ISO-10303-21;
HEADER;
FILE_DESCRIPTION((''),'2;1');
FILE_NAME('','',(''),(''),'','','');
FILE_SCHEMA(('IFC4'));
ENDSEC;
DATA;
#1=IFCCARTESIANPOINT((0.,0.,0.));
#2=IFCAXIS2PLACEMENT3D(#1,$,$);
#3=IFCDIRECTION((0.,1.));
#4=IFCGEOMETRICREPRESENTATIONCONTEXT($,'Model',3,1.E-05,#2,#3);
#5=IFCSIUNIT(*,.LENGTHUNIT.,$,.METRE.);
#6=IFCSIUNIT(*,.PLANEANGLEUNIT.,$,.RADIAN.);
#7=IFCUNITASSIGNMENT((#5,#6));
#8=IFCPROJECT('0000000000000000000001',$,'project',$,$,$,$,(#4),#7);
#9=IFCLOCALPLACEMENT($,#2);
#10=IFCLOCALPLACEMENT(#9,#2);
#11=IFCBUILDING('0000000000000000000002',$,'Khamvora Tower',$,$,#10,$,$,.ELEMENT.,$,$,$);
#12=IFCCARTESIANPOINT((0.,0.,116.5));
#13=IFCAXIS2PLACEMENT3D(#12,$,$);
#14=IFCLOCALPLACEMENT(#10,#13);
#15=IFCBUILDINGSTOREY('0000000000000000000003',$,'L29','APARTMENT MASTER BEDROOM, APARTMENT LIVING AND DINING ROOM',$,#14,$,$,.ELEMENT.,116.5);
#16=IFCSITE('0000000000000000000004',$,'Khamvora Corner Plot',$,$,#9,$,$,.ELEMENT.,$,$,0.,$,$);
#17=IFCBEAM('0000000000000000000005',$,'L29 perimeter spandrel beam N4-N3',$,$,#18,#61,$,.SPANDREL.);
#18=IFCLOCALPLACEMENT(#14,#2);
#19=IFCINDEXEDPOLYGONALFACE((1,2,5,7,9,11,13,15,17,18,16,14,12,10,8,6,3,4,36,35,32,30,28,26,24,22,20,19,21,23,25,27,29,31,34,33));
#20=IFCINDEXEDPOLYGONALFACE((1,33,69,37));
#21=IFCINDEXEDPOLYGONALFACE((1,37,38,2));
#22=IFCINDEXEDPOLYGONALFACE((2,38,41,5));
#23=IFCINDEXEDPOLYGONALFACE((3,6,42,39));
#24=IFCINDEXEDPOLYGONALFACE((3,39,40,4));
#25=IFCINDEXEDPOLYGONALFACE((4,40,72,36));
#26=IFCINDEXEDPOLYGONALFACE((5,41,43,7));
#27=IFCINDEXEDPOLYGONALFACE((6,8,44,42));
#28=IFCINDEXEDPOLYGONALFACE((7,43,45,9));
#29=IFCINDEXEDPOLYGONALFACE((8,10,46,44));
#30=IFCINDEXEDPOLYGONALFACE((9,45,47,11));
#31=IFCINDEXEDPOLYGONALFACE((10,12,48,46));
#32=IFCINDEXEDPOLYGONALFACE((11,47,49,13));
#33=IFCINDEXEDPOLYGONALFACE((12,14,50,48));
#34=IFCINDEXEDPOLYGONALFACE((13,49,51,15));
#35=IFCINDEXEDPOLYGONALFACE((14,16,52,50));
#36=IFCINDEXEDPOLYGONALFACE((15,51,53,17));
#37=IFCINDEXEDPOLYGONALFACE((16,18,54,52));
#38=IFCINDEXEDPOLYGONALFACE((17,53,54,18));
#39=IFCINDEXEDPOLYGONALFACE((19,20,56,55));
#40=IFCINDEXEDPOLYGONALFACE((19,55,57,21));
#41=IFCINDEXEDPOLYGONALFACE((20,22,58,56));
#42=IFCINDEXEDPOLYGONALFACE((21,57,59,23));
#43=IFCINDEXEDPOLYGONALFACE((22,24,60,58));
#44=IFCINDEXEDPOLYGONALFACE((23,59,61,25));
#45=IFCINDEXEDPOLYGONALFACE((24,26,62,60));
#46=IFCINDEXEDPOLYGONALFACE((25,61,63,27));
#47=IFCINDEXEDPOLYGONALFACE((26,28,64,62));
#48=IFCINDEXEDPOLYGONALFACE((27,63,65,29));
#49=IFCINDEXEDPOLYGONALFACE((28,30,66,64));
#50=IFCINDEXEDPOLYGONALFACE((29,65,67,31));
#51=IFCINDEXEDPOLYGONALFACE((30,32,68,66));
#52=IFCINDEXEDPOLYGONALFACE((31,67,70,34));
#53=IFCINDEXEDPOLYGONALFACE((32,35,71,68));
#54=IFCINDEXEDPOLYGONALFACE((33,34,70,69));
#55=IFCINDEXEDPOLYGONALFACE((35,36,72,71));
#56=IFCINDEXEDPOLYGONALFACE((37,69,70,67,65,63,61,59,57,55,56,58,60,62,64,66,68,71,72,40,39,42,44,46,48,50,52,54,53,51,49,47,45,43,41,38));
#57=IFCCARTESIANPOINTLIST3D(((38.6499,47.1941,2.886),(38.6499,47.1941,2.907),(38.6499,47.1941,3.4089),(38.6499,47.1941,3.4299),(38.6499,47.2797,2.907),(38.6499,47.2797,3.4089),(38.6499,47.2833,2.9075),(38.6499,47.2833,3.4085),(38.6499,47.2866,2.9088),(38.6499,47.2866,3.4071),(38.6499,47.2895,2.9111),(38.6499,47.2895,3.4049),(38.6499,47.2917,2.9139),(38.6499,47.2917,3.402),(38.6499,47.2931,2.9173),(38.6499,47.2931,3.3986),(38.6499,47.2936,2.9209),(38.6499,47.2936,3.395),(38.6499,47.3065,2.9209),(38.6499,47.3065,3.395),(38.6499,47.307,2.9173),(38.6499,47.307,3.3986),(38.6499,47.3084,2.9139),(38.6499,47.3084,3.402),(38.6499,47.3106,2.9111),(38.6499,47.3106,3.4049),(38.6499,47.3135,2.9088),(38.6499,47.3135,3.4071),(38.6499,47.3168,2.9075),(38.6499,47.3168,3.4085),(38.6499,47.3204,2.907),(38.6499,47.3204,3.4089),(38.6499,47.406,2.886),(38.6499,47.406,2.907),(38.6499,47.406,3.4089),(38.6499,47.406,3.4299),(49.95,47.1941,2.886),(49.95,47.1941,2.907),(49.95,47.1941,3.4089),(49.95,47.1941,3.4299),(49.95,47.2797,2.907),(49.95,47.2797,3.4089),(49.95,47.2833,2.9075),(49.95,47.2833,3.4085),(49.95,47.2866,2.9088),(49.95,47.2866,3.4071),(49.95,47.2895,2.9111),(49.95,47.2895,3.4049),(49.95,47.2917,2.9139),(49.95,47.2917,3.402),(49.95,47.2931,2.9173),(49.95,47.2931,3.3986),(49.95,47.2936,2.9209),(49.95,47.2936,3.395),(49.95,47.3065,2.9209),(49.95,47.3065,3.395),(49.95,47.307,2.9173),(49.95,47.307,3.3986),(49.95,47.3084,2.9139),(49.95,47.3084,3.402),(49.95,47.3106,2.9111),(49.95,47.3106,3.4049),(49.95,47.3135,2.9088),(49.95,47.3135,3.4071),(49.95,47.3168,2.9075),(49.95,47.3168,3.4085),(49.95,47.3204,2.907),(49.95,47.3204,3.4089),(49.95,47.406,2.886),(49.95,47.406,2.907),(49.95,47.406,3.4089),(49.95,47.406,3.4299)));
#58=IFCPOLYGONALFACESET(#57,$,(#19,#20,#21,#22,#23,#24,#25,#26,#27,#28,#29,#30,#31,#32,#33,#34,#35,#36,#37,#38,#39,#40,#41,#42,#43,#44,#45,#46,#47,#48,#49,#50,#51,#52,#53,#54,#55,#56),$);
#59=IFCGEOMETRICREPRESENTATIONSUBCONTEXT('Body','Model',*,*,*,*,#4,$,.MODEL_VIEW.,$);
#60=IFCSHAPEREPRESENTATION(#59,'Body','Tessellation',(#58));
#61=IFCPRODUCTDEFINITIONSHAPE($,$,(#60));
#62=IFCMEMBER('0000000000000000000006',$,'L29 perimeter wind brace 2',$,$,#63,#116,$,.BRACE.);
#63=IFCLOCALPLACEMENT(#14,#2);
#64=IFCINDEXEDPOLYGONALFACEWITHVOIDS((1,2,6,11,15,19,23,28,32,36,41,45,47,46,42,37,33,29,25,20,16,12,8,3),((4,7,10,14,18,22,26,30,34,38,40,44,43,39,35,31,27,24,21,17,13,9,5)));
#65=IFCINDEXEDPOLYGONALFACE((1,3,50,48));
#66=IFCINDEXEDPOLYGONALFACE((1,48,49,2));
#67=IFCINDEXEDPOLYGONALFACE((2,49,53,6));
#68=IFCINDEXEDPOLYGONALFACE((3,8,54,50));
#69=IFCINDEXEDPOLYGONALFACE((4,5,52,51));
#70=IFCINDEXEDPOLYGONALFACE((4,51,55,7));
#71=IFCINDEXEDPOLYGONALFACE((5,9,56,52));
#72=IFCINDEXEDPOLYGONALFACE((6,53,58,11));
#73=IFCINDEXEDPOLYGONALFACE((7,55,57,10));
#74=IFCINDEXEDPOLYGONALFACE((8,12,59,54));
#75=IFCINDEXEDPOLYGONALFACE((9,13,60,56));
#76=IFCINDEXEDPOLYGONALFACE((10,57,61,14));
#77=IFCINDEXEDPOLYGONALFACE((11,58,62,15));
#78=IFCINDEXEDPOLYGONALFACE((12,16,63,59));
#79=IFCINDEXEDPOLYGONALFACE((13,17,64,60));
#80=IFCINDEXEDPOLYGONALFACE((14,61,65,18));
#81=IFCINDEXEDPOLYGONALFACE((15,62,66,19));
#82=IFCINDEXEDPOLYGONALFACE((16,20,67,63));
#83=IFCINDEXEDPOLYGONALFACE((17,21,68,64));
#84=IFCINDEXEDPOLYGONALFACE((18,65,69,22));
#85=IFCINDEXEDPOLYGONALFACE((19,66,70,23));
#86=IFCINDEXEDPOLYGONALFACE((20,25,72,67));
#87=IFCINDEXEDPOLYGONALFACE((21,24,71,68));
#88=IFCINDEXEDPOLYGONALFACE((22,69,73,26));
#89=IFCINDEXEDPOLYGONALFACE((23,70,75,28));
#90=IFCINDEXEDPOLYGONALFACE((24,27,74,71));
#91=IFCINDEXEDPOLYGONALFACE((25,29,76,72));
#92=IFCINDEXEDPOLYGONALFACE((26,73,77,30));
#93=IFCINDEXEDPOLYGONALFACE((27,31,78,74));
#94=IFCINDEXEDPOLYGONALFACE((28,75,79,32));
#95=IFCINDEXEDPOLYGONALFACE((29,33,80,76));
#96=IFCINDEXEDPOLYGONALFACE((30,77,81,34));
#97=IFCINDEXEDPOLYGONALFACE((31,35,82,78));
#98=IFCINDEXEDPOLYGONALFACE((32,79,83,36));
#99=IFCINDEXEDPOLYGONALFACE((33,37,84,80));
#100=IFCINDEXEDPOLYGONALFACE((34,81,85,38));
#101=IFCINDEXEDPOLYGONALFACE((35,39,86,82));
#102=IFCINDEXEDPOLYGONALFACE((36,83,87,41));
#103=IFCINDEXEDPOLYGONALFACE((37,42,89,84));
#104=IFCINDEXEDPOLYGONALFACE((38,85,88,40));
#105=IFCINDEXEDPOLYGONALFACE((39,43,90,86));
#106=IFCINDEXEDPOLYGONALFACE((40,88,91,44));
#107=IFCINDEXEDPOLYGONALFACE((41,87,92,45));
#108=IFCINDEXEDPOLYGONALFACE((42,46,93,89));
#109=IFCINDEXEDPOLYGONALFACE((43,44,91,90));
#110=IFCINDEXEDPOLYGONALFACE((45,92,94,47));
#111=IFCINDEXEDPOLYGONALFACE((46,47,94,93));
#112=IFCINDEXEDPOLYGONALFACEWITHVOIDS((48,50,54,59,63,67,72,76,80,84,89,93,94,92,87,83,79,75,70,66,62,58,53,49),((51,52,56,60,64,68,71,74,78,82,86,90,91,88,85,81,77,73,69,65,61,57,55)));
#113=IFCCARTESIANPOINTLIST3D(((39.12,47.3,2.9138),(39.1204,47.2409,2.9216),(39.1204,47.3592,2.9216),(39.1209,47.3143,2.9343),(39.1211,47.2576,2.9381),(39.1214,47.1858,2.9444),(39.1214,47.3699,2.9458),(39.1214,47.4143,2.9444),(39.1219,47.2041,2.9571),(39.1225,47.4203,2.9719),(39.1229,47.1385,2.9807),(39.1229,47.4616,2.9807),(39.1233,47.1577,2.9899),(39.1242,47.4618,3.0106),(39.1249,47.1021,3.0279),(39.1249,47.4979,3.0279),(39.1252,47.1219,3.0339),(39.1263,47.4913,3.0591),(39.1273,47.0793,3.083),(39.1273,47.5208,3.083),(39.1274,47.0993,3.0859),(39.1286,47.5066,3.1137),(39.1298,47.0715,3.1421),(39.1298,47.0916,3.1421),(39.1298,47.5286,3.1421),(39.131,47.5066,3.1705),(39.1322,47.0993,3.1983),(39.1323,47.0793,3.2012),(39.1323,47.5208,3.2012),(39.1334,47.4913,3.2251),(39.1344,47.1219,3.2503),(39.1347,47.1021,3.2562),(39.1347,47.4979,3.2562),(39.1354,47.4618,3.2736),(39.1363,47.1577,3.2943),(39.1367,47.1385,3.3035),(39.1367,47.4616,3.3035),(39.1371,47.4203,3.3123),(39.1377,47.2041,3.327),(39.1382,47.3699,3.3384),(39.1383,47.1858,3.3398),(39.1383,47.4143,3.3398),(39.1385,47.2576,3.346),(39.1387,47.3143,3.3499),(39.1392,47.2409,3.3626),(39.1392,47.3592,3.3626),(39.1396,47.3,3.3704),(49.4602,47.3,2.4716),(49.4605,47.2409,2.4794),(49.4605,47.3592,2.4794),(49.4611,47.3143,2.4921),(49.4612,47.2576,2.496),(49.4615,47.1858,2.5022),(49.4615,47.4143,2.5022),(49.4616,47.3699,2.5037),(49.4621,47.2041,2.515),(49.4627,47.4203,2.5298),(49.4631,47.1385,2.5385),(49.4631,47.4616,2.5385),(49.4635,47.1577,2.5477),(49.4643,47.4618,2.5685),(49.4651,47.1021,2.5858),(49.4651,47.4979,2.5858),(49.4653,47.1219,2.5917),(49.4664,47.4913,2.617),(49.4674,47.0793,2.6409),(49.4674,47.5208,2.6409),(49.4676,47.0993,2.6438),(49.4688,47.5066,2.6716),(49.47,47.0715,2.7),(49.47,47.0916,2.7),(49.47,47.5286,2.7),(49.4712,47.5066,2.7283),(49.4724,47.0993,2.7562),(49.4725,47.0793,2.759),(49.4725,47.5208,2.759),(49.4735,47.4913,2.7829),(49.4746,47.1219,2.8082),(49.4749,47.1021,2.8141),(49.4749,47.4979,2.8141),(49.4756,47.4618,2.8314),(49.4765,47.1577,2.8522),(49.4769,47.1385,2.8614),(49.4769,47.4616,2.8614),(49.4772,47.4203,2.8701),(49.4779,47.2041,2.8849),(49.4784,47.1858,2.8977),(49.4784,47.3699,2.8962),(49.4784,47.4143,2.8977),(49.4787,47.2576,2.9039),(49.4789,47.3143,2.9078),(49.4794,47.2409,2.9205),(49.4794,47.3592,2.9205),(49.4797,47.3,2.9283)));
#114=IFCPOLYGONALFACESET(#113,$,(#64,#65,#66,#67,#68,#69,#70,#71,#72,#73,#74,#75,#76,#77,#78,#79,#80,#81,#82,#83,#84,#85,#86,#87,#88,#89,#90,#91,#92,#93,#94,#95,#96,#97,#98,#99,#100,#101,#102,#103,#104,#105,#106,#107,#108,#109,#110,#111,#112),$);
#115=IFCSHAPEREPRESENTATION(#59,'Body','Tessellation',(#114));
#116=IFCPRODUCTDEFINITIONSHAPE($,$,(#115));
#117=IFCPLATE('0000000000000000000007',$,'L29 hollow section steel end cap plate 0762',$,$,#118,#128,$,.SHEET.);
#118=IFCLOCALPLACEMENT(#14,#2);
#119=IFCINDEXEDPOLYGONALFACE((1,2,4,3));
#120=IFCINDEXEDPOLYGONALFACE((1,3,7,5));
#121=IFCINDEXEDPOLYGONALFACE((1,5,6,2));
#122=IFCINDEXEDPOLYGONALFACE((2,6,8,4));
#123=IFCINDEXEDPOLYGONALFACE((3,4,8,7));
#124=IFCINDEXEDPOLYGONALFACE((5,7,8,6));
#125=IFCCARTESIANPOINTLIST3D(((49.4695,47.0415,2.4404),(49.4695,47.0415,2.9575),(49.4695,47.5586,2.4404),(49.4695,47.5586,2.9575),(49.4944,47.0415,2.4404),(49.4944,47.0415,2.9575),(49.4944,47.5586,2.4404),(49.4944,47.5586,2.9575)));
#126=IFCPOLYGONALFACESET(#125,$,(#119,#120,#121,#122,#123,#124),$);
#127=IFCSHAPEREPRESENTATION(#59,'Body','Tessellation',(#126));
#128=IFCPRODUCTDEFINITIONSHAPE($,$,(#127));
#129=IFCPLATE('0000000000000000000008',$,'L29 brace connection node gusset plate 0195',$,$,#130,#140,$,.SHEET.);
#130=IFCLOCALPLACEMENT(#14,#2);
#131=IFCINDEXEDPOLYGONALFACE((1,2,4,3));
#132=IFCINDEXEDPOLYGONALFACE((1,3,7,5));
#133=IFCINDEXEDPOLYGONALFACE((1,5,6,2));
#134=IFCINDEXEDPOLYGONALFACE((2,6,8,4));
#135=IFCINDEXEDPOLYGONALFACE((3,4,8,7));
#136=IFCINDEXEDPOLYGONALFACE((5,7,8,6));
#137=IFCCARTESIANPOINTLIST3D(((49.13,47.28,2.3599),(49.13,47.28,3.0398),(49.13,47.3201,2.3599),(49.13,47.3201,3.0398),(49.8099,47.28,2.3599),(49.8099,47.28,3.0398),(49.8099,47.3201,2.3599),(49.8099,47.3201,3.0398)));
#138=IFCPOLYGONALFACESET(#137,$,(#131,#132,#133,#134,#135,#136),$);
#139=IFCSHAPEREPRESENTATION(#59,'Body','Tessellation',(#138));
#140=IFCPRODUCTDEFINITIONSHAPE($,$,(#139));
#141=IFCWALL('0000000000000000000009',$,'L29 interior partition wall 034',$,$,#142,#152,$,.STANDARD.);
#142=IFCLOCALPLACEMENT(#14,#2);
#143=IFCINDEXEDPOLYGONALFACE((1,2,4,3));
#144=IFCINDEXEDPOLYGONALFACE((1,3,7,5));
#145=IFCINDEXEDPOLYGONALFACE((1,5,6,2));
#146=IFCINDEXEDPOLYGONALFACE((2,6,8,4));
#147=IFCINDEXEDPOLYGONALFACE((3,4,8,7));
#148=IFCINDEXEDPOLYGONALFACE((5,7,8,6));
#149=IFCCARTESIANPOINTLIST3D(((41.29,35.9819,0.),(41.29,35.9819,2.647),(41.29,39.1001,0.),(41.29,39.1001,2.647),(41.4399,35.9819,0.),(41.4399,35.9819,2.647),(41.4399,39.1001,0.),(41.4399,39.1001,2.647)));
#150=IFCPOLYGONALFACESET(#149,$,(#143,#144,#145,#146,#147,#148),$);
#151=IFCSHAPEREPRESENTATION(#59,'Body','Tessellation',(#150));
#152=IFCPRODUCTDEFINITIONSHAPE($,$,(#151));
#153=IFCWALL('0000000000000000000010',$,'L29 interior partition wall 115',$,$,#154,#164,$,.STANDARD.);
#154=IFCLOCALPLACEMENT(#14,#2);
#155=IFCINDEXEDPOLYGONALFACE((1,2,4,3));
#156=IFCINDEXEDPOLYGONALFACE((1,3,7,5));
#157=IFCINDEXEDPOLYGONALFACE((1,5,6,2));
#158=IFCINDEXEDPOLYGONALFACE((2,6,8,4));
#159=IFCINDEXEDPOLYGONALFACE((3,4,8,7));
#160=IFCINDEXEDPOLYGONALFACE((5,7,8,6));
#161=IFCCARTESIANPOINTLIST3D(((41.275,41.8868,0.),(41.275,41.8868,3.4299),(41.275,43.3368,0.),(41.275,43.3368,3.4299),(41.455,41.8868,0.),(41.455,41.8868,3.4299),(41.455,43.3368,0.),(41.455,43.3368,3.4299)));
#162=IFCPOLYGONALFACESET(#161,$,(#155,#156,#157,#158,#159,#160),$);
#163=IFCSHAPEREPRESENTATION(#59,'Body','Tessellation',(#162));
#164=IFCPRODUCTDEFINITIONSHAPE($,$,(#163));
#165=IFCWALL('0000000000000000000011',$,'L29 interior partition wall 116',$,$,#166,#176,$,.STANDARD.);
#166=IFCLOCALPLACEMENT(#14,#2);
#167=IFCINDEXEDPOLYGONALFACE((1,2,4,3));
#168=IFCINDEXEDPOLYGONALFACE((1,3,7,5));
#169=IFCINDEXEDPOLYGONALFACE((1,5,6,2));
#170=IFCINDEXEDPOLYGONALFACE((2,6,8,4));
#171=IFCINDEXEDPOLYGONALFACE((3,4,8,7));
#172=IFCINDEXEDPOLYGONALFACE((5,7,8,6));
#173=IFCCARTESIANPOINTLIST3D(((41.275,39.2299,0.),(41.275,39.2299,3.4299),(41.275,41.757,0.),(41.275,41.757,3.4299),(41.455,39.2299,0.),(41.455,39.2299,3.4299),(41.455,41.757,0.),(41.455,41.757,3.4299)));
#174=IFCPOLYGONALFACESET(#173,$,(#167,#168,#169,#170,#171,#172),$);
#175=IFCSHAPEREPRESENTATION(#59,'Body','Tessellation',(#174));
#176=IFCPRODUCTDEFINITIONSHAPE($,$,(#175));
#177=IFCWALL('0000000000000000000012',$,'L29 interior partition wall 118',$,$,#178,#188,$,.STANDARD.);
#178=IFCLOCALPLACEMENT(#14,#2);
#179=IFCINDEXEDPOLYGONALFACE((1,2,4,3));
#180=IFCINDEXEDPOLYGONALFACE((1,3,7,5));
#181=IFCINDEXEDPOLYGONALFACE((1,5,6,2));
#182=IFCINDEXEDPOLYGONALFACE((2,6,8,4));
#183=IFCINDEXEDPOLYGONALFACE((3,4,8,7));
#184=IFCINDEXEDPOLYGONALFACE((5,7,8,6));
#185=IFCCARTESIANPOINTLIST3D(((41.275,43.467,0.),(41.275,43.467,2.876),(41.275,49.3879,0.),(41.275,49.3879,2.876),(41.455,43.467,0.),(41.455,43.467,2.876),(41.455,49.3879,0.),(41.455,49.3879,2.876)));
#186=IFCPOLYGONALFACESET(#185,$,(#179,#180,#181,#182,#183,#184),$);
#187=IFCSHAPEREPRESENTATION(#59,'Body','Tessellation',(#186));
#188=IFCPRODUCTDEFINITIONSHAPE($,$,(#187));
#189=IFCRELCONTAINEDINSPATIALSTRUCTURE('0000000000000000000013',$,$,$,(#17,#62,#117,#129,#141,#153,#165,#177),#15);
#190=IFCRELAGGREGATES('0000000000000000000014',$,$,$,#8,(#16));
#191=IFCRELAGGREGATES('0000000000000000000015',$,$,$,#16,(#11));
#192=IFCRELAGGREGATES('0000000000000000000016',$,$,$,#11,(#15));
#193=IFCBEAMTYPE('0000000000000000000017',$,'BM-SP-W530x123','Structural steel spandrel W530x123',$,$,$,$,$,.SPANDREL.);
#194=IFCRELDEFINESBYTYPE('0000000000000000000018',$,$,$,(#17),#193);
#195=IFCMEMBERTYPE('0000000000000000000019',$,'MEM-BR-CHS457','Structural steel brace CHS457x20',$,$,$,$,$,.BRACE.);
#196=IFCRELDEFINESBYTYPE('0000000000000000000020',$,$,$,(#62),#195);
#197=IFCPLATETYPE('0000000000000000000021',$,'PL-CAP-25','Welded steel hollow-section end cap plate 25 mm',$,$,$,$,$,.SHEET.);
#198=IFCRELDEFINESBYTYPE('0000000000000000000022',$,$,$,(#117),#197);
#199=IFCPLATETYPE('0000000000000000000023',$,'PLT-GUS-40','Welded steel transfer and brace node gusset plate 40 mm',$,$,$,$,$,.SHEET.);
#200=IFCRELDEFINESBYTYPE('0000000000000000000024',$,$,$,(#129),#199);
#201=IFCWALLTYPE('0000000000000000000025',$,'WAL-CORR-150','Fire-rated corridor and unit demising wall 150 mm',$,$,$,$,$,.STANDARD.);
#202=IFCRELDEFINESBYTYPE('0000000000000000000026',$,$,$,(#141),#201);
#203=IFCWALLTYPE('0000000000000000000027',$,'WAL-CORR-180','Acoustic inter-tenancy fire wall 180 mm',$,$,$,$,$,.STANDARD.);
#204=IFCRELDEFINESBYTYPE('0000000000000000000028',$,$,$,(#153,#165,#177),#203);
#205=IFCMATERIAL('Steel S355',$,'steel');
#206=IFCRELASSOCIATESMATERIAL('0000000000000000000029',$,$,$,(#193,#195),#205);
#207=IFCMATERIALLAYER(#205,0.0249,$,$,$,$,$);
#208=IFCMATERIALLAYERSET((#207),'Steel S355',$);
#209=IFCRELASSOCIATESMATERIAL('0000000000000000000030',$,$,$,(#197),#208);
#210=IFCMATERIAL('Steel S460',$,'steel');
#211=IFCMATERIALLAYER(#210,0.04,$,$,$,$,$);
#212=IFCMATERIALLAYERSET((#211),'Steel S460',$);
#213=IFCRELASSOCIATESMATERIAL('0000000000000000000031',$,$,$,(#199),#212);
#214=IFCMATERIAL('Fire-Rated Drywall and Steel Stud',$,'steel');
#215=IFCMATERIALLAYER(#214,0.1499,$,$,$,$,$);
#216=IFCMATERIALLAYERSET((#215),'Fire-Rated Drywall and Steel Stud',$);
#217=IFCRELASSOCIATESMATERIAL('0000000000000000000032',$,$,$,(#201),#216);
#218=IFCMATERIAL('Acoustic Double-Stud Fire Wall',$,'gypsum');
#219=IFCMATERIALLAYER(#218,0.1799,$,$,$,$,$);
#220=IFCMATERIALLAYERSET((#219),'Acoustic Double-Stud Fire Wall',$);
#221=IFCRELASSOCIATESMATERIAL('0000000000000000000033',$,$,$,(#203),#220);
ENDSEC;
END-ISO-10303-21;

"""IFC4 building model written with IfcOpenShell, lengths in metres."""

from ifc_helpers import new_model, si_unit, direction, frame, frame_2d, origin, origin_2d, place, context, subcontext, project, spatial, rectangle, hollow_circle, i_section, extrude, material, layer, layer_set, material_profile, profile_set, type_object, element, save


model = new_model("IFC4")

# Units and contexts
model_context = context("Model", 3, precision=1e-05, world=origin(), true_north=direction((0.0, 1.0)))
body_context = subcontext(model_context, "Body", "Model", "MODEL_VIEW")
ifc_project = project(units=[si_unit("LENGTHUNIT", "METRE"), si_unit("PLANEANGLEUNIT", "RADIAN")], contexts=[model_context])

# Site, building, storey
site_placement = place(None, origin())
site = spatial("IfcSite", under=ifc_project, at=site_placement, Name="Khamvora Corner Plot", CompositionType="ELEMENT", RefElevation=0.0)
building_placement = place(site_placement, origin())
building = spatial("IfcBuilding", under=site, at=building_placement, Name="Khamvora Tower", CompositionType="ELEMENT")
storey_placement = place(building_placement, frame((0.0, 0.0, 116.5)))
storey = spatial("IfcBuildingStorey", under=building, at=storey_placement, Name="L29", Description="APARTMENT MASTER BEDROOM, APARTMENT LIVING AND DINING ROOM", CompositionType="ELEMENT", Elevation=116.5)

# Shared definitions
ifc_material_1 = material(Name="Steel S355", Category="steel")

# Beam
ifc_material_profile_1 = material_profile(ifc_material_1, i_section(OverallWidth=0.2119, OverallDepth=0.5439, WebThickness=0.0129, FlangeThickness=0.021, FilletRadius=0.0139, at=origin_2d()), Name="W530x123")
ifc_profile_set_1 = profile_set([ifc_material_profile_1], Name="Steel S355")
beam_type_1 = type_object("IfcBeamType", Name="BM-SP-W530x123", Description="Structural steel spandrel W530x123", PredefinedType="SPANDREL", material=ifc_profile_set_1)
beam_1_placement = place(storey_placement, frame((49.95, 47.3, 3.158), z_axis=(-1.0, 0.0, 0.0), x_axis=(0.0, -1.0, 0.0)))
element("IfcBeam", 1, at=beam_1_placement, inside=storey, type_object=beam_type_1, Name="L29 perimeter spandrel beam N4-N3", PredefinedType="SPANDREL", context=body_context, shape_type="SweptSolid", body=[
    extrude(i_section(OverallWidth=0.2119, OverallDepth=0.5439, WebThickness=0.0129, FlangeThickness=0.021, FilletRadius=0.0139, at=origin_2d()), origin(), (0.0, 0.0, 1.0), 11.3),
])

# Member
ifc_material_profile_2 = material_profile(ifc_material_1, hollow_circle(Radius=0.2285, WallThickness=0.02, at=origin_2d()), Name="CHS457x20")
ifc_profile_set_2 = profile_set([ifc_material_profile_2], Name="Steel S355")
member_type = type_object("IfcMemberType", Name="MEM-BR-CHS457", Description="Structural steel brace CHS457x20", PredefinedType="BRACE", material=ifc_profile_set_2)
member_placement = place(storey_placement, frame((49.47, 47.3, 2.7), z_axis=(-0.999087, 0.0, 0.042721), x_axis=(0.0, -1.0, 0.0)))
element("IfcMember", 2, at=member_placement, inside=storey, type_object=member_type, Name="L29 perimeter wind brace 2", PredefinedType="BRACE", context=body_context, shape_type="SweptSolid", body=[
    extrude(hollow_circle(Radius=0.2285, WallThickness=0.02, at=origin_2d()), origin(), (0.0, 0.0, 1.0), 10.3496),
])

# Plates
ifc_layer_1 = layer(ifc_material_1, 0.0249)
ifc_layer_set_1 = layer_set([ifc_layer_1], Name="Steel S355")
plate_type_1 = type_object("IfcPlateType", Name="PL-CAP-25", Description="Welded steel hollow-section end cap plate 25 mm", PredefinedType="SHEET", material=ifc_layer_set_1)
plate_1_placement = place(storey_placement, frame((49.4819, 47.3, 2.4404), z_axis=(0.0, 0.0, 1.0), x_axis=(-1.0, 0.0, 0.0)))
element("IfcPlate", 3, at=plate_1_placement, inside=storey, type_object=plate_type_1, Name="L29 hollow section steel end cap plate 0762", PredefinedType="SHEET", context=body_context, shape_type="SweptSolid", body=[
    extrude(rectangle(XDim=0.0249, YDim=0.5171, at=origin_2d()), origin(), (0.0, 0.0, 1.0), 0.5171),
])
ifc_material_2 = material(Name="Steel S460", Category="steel")
ifc_layer_2 = layer(ifc_material_2, 0.04)
ifc_layer_set_2 = layer_set([ifc_layer_2], Name="Steel S460")
plate_type_2 = type_object("IfcPlateType", Name="PLT-GUS-40", Description="Welded steel transfer and brace node gusset plate 40 mm", PredefinedType="SHEET", material=ifc_layer_set_2)
plate_2_placement = place(storey_placement, frame((49.47, 47.3, 2.3599), z_axis=(0.0, 0.0, 1.0), x_axis=(1.0, 0.0, 0.0)))
element("IfcPlate", 4, at=plate_2_placement, inside=storey, type_object=plate_type_2, Name="L29 brace connection node gusset plate 0195", PredefinedType="SHEET", context=body_context, shape_type="SweptSolid", body=[
    extrude(rectangle(XDim=0.6799, YDim=0.04, at=origin_2d()), origin(), (0.0, 0.0, 1.0), 0.6799),
])

# Walls
ifc_material_3 = material(Name="Fire-Rated Drywall and Steel Stud", Category="steel")
ifc_layer_3 = layer(ifc_material_3, 0.1499)
ifc_layer_set_3 = layer_set([ifc_layer_3], Name="Fire-Rated Drywall and Steel Stud")
wall_type_1 = type_object("IfcWallType", Name="WAL-CORR-150", Description="Fire-rated corridor and unit demising wall 150 mm", PredefinedType="STANDARD", material=ifc_layer_set_3)
wall_1_placement = place(storey_placement, frame((41.365, 39.1001, 0.0), z_axis=(0.0, 0.0, 1.0), x_axis=(0.0, -1.0, 0.0)))
element("IfcWall", 5, at=wall_1_placement, inside=storey, type_object=wall_type_1, Name="L29 interior partition wall 034", PredefinedType="STANDARD", context=body_context, shape_type="SweptSolid", body=[
    extrude(rectangle(XDim=3.1182, YDim=0.1499, at=frame_2d((1.5591, 0.0))), origin(), (0.0, 0.0, 1.0), 2.647),
])
ifc_material_4 = material(Name="Acoustic Double-Stud Fire Wall", Category="gypsum")
ifc_layer_4 = layer(ifc_material_4, 0.1799)
ifc_layer_set_4 = layer_set([ifc_layer_4], Name="Acoustic Double-Stud Fire Wall")
wall_type_2 = type_object("IfcWallType", Name="WAL-CORR-180", Description="Acoustic inter-tenancy fire wall 180 mm", PredefinedType="STANDARD", material=ifc_layer_set_4)
wall_2_placement = place(storey_placement, frame((41.365, 43.3369, 0.0), z_axis=(0.0, 0.0, 1.0), x_axis=(0.0, -1.0, 0.0)))
element("IfcWall", 6, at=wall_2_placement, inside=storey, type_object=wall_type_2, Name="L29 interior partition wall 115", PredefinedType="STANDARD", context=body_context, shape_type="SweptSolid", body=[
    extrude(rectangle(XDim=1.45, YDim=0.1799, at=frame_2d((0.7251, 0.0))), origin(), (0.0, 0.0, 1.0), 3.4299),
])
wall_3_placement = place(storey_placement, frame((41.365, 41.7571, 0.0), z_axis=(0.0, 0.0, 1.0), x_axis=(0.0, -1.0, 0.0)))
element("IfcWall", 7, at=wall_3_placement, inside=storey, type_object=wall_type_2, Name="L29 interior partition wall 116", PredefinedType="STANDARD", context=body_context, shape_type="SweptSolid", body=[
    extrude(rectangle(XDim=2.5271, YDim=0.1799, at=frame_2d((1.2637, 0.0))), origin(), (0.0, 0.0, 1.0), 3.4299),
])
wall_4_placement = place(storey_placement, frame((41.365, 49.3879, 0.0), z_axis=(0.0, 0.0, 1.0), x_axis=(0.0, -1.0, 0.0)))
element("IfcWall", 8, at=wall_4_placement, inside=storey, type_object=wall_type_2, Name="L29 interior partition wall 118", PredefinedType="STANDARD", context=body_context, shape_type="SweptSolid", body=[
    extrude(rectangle(XDim=5.9209, YDim=0.1799, at=frame_2d((2.9604, 0.0))), origin(), (0.0, 0.0, 1.0), 2.876),
])

save(model, "model.ifc")
